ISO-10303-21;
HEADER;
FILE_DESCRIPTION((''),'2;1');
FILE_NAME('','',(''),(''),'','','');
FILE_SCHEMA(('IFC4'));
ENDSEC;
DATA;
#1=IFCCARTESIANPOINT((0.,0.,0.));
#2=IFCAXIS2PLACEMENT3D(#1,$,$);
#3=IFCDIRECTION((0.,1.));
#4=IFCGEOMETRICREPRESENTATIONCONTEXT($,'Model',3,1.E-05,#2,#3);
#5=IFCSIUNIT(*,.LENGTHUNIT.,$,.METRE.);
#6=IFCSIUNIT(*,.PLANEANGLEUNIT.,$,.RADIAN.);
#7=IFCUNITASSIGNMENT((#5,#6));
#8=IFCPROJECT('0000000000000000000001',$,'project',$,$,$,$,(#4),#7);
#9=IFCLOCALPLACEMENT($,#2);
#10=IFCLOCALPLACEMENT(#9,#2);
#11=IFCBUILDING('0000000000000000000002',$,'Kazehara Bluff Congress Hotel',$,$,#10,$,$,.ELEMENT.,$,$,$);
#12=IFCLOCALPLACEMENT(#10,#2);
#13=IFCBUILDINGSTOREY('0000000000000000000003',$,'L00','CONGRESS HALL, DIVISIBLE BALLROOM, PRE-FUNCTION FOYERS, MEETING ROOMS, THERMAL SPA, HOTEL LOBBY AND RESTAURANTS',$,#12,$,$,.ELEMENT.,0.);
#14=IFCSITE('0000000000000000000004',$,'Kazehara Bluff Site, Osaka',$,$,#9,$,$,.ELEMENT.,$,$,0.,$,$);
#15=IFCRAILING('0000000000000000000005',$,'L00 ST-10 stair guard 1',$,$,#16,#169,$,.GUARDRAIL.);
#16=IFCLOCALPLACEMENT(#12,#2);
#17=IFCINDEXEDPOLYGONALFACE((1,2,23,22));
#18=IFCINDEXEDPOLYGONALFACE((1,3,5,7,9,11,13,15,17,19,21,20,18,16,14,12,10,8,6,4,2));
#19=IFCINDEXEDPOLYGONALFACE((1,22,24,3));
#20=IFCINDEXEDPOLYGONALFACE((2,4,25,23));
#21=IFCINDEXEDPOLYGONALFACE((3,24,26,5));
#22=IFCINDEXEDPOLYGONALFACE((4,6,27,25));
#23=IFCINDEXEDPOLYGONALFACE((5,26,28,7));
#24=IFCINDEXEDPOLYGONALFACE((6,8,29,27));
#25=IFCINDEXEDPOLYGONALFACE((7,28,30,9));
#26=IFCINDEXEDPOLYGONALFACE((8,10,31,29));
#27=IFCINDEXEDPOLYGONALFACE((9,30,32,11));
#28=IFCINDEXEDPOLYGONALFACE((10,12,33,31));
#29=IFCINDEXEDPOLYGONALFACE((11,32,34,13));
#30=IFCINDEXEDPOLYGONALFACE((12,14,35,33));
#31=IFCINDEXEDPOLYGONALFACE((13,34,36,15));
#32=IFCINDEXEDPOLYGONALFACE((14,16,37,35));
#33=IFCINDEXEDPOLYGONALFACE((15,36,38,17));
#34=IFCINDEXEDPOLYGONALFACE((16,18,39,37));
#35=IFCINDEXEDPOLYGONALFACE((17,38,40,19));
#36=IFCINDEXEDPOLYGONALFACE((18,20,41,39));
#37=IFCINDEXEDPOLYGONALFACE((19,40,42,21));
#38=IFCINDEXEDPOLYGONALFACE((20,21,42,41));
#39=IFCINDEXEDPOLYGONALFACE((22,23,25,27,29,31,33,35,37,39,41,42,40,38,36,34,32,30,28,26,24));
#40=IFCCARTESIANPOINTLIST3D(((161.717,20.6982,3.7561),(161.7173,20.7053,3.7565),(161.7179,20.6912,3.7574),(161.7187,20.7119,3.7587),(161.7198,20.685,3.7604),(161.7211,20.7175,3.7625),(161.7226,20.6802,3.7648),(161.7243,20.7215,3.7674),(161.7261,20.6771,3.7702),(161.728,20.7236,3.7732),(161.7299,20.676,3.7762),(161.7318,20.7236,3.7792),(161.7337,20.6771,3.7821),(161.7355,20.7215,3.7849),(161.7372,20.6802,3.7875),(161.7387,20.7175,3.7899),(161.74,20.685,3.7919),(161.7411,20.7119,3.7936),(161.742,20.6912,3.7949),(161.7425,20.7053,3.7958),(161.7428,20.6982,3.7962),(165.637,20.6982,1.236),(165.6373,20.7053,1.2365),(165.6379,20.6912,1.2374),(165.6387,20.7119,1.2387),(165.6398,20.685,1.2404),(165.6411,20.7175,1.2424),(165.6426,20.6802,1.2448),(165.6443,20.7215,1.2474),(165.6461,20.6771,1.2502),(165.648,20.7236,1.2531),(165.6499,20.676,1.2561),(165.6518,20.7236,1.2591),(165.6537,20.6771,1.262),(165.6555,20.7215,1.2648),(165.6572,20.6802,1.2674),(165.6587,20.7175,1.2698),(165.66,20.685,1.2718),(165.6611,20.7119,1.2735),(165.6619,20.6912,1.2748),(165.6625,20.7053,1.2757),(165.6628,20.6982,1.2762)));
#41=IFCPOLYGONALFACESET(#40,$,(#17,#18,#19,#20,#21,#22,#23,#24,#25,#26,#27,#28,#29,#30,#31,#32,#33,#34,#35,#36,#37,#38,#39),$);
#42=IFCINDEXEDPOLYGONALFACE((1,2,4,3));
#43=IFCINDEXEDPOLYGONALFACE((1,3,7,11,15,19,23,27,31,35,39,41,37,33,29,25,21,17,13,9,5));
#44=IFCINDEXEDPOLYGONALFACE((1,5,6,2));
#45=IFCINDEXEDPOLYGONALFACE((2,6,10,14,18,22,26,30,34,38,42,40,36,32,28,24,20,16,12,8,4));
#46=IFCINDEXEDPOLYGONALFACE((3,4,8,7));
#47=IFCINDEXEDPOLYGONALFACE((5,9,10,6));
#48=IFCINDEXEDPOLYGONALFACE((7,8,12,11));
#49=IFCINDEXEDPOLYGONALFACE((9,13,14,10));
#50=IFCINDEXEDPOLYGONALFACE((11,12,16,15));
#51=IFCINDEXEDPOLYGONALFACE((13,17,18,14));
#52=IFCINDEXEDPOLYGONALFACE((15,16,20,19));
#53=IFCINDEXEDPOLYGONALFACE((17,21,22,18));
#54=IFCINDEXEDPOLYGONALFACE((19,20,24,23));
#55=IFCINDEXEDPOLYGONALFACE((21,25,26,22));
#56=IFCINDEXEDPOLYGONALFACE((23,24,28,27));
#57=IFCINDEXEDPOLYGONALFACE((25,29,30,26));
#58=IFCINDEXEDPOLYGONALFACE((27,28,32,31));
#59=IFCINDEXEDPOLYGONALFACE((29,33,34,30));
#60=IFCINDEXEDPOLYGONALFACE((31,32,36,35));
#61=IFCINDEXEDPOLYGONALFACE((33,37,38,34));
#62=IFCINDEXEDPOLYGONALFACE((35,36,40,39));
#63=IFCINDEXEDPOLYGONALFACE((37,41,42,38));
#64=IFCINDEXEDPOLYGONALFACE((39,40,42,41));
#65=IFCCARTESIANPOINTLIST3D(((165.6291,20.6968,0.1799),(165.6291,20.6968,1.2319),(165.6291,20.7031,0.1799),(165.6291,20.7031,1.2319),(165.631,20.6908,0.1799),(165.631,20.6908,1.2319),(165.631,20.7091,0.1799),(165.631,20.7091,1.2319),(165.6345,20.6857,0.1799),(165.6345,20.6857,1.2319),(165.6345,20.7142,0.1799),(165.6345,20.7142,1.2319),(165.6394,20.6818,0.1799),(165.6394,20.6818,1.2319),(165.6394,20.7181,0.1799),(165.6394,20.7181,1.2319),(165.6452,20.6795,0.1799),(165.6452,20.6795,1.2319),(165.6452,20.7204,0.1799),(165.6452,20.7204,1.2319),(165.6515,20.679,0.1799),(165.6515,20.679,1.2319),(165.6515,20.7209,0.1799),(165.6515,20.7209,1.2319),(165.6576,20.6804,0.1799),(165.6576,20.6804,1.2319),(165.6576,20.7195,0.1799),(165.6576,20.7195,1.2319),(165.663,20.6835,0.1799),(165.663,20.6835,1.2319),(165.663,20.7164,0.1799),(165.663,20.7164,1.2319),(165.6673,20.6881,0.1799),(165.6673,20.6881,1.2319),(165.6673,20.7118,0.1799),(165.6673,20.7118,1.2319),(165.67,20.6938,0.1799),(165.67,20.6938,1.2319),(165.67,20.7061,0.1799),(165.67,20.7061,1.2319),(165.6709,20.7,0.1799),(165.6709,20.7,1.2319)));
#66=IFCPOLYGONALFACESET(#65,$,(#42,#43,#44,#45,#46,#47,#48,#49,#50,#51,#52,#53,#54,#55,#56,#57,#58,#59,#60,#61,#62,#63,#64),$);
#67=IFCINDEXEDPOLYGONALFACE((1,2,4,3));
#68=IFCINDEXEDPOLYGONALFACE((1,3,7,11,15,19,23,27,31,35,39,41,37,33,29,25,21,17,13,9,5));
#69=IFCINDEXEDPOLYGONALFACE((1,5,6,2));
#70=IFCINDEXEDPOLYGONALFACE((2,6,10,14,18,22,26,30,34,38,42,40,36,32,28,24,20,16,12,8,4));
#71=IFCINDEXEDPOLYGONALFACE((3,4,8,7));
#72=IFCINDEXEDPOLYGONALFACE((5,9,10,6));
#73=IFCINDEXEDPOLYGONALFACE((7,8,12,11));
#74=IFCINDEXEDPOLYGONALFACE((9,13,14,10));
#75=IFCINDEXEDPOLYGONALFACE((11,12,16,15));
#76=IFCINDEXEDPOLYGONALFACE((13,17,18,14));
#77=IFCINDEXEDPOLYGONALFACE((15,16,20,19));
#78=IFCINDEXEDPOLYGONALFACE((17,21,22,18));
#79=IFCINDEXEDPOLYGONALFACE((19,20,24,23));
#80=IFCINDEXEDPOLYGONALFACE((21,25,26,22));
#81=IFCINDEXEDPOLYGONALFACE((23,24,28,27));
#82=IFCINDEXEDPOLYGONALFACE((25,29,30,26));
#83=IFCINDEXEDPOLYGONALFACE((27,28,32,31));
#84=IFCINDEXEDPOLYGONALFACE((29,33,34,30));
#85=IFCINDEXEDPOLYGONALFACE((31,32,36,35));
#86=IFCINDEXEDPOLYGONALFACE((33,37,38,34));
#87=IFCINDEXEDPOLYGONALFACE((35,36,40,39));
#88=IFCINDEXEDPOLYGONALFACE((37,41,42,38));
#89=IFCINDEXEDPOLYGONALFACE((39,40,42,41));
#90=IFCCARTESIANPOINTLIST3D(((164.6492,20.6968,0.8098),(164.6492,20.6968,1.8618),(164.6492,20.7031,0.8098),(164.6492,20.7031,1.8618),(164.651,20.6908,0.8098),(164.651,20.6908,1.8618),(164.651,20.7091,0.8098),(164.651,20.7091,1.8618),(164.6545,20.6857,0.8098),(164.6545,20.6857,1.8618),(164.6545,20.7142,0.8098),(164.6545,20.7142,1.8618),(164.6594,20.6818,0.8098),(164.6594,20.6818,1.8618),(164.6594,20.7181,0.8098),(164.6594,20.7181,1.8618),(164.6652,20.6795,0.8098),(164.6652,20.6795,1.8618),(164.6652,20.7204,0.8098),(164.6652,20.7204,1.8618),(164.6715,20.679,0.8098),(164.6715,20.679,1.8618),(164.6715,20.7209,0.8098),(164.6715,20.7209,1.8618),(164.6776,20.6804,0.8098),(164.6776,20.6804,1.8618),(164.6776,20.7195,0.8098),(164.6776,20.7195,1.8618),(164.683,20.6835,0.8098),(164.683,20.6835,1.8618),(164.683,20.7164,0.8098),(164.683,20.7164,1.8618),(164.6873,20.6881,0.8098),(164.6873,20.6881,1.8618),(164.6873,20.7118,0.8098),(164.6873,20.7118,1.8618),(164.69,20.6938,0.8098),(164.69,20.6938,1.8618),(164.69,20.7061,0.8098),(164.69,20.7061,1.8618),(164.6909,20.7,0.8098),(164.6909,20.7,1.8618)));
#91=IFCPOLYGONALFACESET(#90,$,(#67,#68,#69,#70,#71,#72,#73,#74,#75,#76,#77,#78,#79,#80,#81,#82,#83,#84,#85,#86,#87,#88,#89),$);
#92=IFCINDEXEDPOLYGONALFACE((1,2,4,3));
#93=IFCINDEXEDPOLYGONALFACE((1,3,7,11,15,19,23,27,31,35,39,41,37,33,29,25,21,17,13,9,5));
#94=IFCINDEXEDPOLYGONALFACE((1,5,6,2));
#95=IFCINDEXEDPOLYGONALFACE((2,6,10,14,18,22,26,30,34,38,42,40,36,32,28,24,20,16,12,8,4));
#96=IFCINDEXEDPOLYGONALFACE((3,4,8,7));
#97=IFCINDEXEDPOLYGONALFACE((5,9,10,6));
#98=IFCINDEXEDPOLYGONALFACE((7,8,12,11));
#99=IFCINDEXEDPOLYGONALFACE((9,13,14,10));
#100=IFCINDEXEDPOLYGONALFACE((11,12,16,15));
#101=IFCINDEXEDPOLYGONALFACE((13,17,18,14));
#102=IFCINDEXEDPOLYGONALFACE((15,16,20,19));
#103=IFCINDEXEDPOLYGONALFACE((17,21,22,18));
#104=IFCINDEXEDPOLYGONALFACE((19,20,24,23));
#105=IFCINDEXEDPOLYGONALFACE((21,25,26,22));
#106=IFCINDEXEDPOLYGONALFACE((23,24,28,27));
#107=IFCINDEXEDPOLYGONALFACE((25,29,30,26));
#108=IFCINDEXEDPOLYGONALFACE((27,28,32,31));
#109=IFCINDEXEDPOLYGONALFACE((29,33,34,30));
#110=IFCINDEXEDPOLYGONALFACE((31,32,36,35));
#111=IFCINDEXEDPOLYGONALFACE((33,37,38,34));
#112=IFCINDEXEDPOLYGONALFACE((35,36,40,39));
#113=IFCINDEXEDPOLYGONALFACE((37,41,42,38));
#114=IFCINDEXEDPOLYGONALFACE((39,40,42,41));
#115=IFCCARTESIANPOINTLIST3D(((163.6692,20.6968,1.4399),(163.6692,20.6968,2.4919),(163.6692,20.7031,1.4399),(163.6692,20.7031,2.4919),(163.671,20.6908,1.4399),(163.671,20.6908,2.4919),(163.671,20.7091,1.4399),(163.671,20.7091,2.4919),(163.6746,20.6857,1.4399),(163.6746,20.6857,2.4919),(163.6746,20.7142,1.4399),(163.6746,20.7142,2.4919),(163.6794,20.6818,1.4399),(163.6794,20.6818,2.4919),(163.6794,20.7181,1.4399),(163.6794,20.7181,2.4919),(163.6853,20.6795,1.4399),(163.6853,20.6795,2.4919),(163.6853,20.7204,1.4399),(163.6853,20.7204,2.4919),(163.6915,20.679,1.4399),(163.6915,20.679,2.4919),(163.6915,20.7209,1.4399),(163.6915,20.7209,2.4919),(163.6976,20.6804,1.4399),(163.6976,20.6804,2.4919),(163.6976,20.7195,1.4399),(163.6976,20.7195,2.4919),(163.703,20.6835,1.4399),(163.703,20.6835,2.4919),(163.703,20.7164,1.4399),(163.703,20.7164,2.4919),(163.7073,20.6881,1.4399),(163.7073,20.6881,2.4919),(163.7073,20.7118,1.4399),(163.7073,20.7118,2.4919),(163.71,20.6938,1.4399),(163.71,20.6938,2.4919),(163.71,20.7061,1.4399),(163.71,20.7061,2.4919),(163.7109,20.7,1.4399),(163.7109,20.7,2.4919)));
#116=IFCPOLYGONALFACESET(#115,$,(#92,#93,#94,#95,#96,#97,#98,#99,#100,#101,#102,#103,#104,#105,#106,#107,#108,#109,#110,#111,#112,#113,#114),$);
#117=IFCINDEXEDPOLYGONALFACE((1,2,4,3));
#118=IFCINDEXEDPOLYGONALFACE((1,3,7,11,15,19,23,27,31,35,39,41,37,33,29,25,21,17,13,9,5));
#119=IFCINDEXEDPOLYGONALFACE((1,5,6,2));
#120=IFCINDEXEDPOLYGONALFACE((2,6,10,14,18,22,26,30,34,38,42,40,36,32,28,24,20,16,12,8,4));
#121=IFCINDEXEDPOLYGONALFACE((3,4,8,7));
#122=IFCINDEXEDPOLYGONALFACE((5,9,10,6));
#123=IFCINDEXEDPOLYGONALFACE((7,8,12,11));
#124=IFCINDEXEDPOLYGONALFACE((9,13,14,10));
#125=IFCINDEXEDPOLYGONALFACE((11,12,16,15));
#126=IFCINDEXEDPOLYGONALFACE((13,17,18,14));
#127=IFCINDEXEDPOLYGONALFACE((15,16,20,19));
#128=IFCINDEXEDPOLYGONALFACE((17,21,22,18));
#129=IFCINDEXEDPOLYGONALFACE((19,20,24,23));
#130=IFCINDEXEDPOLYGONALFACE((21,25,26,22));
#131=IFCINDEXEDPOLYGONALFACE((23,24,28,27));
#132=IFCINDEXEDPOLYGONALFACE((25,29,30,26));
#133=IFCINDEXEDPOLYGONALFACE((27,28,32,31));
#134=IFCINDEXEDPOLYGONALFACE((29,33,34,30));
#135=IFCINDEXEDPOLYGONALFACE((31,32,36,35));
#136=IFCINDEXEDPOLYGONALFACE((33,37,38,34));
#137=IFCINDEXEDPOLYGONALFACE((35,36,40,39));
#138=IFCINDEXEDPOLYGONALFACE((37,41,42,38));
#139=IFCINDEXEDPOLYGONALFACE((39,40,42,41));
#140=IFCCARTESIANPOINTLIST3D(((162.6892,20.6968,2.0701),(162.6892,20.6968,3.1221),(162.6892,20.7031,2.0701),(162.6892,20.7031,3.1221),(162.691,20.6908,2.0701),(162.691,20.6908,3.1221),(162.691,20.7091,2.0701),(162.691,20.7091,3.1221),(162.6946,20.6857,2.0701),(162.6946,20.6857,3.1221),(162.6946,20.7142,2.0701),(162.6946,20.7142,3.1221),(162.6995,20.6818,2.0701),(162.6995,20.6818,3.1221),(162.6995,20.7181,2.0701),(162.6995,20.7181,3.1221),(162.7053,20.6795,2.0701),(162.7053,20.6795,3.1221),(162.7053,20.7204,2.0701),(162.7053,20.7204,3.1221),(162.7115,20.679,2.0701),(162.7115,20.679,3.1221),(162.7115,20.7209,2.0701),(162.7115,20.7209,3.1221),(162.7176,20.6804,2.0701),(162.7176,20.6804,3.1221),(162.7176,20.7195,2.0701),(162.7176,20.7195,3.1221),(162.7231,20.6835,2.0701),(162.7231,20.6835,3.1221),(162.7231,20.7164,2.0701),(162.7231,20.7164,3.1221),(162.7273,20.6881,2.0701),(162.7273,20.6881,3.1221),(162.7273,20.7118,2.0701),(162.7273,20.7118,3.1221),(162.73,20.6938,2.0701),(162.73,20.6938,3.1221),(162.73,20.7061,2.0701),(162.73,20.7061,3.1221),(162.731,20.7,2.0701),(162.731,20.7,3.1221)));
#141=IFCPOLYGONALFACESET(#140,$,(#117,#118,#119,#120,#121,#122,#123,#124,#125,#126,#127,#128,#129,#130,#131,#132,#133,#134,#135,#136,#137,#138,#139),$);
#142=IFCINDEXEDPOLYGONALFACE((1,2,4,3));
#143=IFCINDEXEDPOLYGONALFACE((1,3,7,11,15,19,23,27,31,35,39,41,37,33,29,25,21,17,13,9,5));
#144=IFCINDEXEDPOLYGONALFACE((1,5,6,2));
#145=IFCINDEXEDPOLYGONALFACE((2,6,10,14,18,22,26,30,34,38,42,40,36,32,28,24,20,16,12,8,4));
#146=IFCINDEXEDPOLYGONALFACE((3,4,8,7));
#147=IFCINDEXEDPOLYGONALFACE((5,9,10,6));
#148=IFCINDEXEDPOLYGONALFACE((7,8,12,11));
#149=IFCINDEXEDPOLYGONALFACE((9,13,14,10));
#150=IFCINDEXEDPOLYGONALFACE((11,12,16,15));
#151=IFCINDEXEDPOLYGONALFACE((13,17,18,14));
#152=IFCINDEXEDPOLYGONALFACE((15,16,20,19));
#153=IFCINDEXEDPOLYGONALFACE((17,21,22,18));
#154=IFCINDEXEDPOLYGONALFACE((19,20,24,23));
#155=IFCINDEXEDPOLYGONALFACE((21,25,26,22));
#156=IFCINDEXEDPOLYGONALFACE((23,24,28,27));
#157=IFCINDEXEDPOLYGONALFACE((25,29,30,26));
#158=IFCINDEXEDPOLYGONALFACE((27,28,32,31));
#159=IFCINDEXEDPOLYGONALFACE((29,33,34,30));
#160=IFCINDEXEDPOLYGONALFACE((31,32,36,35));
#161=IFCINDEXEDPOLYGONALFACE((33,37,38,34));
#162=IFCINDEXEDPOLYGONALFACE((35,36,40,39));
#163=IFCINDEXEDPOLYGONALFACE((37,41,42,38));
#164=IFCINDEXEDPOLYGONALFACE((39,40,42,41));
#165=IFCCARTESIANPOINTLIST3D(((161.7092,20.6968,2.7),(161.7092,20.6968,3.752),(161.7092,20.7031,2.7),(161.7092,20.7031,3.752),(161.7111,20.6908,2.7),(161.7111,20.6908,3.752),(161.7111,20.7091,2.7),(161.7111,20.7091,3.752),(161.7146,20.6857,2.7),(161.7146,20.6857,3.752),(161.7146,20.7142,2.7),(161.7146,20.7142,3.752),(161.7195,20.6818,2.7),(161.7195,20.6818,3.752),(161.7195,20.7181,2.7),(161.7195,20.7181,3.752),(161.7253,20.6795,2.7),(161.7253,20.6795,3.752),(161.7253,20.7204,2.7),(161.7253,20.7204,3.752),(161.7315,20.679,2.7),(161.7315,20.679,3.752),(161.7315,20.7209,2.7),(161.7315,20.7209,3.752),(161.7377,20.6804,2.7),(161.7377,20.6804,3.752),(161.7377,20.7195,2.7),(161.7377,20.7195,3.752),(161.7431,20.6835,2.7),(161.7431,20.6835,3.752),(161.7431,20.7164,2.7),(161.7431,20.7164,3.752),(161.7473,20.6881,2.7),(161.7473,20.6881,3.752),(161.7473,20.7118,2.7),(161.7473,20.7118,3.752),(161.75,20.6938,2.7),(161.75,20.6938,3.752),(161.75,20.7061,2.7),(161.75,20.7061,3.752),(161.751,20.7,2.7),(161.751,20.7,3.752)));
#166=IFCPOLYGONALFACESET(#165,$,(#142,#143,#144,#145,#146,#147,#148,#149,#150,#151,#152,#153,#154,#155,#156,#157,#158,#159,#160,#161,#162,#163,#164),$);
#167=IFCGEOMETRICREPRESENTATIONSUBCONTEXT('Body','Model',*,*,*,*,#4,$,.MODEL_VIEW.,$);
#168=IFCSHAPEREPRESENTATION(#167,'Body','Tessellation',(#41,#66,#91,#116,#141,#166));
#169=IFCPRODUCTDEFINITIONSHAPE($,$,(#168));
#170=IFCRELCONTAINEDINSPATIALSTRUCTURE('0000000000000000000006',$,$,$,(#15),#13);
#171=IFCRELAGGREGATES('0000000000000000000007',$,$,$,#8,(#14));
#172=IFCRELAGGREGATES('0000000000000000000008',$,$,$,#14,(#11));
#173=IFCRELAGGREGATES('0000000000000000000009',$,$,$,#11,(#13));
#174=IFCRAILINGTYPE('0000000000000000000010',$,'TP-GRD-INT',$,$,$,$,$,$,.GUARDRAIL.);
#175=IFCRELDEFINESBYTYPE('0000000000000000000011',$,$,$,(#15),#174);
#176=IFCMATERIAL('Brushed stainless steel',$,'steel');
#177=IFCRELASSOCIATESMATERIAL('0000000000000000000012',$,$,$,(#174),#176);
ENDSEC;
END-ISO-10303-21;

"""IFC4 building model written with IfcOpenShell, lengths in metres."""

from ifc_helpers import new_model, si_unit, direction, frame, origin, origin_2d, place, context, subcontext, project, spatial, circle, extrude, material, type_object, element, save


model = new_model("IFC4")

# Units and contexts
model_context = context("Model", 3, precision=1e-05, world=origin(), true_north=direction((0.0, 1.0)))
body_context = subcontext(model_context, "Body", "Model", "MODEL_VIEW")
ifc_project = project(units=[si_unit("LENGTHUNIT", "METRE"), si_unit("PLANEANGLEUNIT", "RADIAN")], contexts=[model_context])

# Site, building, storey
site_placement = place(None, origin())
site = spatial("IfcSite", under=ifc_project, at=site_placement, Name="Kazehara Bluff Site, Osaka", CompositionType="ELEMENT", RefElevation=0.0)
building_placement = place(site_placement, origin())
building = spatial("IfcBuilding", under=site, at=building_placement, Name="Kazehara Bluff Congress Hotel", CompositionType="ELEMENT")
storey_placement = place(building_placement, origin())
storey = spatial("IfcBuildingStorey", under=building, at=storey_placement, Name="L00", Description="CONGRESS HALL, DIVISIBLE BALLROOM, PRE-FUNCTION FOYERS, MEETING ROOMS, THERMAL SPA, HOTEL LOBBY AND RESTAURANTS", CompositionType="ELEMENT", Elevation=0.0)

# Railing
ifc_material_1 = material(Name="Brushed stainless steel", Category="steel")
railing_type_1 = type_object("IfcRailingType", Name="TP-GRD-INT", PredefinedType="GUARDRAIL", material=ifc_material_1)
railing_1_placement = place(storey_placement, frame((165.6499, 20.7, 0.1799)))
element("IfcRailing", 1, at=railing_1_placement, inside=storey, type_object=railing_type_1, Name="L00 ST-10 stair guard 1", PredefinedType="GUARDRAIL", context=body_context, shape_type="SweptSolid", body=[
    extrude(circle(Radius=0.0239, at=origin_2d()), frame((0.0, 0.0, 1.0762), z_axis=(-0.841172, 0.0, 0.540768), x_axis=(0.0, -1.0, 0.0)), (0.0, 0.0, 1.0), 4.6602),
    extrude(circle(Radius=0.021, at=origin_2d()), origin(), (0.0, 0.0, 1.0), 1.052),
    extrude(circle(Radius=0.021, at=origin_2d()), frame((-0.98, 0.0, 0.6299)), (0.0, 0.0, 1.0), 1.052),
    extrude(circle(Radius=0.021, at=origin_2d()), frame((-1.96, 0.0, 1.26)), (0.0, 0.0, 1.0), 1.052),
    extrude(circle(Radius=0.021, at=origin_2d()), frame((-2.9399, 0.0, 1.8901)), (0.0, 0.0, 1.0), 1.052),
    extrude(circle(Radius=0.021, at=origin_2d()), frame((-3.9199, 0.0, 2.52)), (0.0, 0.0, 1.0), 1.052),
])

save(model, "model.ifc")
